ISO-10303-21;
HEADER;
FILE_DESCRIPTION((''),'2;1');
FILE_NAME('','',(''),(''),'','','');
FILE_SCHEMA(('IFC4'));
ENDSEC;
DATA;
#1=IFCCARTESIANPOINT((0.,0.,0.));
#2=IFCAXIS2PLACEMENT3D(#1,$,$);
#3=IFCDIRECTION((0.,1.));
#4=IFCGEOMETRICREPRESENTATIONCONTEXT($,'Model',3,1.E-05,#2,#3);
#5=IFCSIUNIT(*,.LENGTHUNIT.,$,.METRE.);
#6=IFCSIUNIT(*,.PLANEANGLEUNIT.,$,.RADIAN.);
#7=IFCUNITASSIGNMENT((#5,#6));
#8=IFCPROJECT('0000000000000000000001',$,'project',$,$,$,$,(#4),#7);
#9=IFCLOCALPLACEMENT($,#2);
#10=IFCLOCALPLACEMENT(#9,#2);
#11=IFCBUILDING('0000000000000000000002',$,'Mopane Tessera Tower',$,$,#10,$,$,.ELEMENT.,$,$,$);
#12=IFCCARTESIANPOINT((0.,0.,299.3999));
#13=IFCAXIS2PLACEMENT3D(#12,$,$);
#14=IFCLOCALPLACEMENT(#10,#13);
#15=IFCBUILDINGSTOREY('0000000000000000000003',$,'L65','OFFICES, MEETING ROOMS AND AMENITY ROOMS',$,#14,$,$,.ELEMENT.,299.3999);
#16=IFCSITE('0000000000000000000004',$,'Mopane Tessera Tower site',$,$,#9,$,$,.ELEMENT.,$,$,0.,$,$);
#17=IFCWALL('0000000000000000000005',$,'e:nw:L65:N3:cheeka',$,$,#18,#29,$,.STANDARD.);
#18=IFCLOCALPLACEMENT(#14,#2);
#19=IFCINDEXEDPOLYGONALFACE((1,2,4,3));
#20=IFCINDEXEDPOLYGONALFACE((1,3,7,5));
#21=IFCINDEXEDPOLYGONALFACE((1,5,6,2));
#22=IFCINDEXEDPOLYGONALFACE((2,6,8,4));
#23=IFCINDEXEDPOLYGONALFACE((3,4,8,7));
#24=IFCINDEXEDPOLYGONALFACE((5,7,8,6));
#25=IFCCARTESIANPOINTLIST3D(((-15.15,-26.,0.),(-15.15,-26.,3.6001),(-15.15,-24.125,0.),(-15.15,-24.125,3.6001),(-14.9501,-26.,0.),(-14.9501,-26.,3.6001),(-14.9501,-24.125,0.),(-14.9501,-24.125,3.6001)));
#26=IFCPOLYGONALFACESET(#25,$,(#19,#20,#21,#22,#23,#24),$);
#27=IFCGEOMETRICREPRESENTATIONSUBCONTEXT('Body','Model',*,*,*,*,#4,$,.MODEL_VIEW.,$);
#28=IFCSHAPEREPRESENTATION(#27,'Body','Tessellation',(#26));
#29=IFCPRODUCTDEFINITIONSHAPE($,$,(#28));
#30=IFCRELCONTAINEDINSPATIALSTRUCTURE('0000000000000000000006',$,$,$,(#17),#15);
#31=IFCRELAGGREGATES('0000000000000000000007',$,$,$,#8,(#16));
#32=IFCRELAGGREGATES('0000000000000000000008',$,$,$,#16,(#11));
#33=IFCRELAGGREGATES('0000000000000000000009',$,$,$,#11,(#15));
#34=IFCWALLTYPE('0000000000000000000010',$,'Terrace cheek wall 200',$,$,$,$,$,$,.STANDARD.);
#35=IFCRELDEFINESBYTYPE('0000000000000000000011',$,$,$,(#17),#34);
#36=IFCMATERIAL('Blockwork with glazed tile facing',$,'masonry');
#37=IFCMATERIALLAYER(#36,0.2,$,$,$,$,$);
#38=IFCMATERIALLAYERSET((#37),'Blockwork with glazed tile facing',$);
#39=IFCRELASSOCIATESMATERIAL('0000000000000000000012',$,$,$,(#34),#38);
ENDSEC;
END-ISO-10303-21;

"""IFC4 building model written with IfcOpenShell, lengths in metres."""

from ifc_helpers import new_model, si_unit, direction, frame, frame_2d, origin, place, context, subcontext, project, spatial, rectangle, extrude, material, layer, layer_set, type_object, element, save


model = new_model("IFC4")

# Units and contexts
model_context = context("Model", 3, precision=1e-05, world=origin(), true_north=direction((0.0, 1.0)))
body_context = subcontext(model_context, "Body", "Model", "MODEL_VIEW")
ifc_project = project(units=[si_unit("LENGTHUNIT", "METRE"), si_unit("PLANEANGLEUNIT", "RADIAN")], contexts=[model_context])

# Site, building, storey
site_placement = place(None, origin())
site = spatial("IfcSite", under=ifc_project, at=site_placement, Name="Mopane Tessera Tower site", CompositionType="ELEMENT", RefElevation=0.0)
building_placement = place(site_placement, origin())
building = spatial("IfcBuilding", under=site, at=building_placement, Name="Mopane Tessera Tower", CompositionType="ELEMENT")
storey_placement = place(building_placement, frame((0.0, 0.0, 299.3999)))
storey = spatial("IfcBuildingStorey", under=building, at=storey_placement, Name="L65", Description="OFFICES, MEETING ROOMS AND AMENITY ROOMS", CompositionType="ELEMENT", Elevation=299.3999)

# Wall
ifc_material_1 = material(Name="Blockwork with glazed tile facing", Category="masonry")
ifc_layer_1 = layer(ifc_material_1, 0.2)
ifc_layer_set_1 = layer_set([ifc_layer_1], Name="Blockwork with glazed tile facing")
wall_type_1 = type_object("IfcWallType", Name="Terrace cheek wall 200", PredefinedType="STANDARD", material=ifc_layer_set_1)
wall_1_placement = place(storey_placement, frame((-15.05, -26.0, 0.0), z_axis=(0.0, 0.0, 1.0), x_axis=(0.0, 1.0, 0.0)))
element("IfcWall", 1, at=wall_1_placement, inside=storey, type_object=wall_type_1, Name="e:nw:L65:N3:cheeka", PredefinedType="STANDARD", context=body_context, shape_type="SweptSolid", body=[
    extrude(rectangle(XDim=1.875, YDim=0.2, at=frame_2d((0.9375, 0.0))), origin(), (0.0, 0.0, 1.0), 3.6001),
])

save(model, "model.ifc")
